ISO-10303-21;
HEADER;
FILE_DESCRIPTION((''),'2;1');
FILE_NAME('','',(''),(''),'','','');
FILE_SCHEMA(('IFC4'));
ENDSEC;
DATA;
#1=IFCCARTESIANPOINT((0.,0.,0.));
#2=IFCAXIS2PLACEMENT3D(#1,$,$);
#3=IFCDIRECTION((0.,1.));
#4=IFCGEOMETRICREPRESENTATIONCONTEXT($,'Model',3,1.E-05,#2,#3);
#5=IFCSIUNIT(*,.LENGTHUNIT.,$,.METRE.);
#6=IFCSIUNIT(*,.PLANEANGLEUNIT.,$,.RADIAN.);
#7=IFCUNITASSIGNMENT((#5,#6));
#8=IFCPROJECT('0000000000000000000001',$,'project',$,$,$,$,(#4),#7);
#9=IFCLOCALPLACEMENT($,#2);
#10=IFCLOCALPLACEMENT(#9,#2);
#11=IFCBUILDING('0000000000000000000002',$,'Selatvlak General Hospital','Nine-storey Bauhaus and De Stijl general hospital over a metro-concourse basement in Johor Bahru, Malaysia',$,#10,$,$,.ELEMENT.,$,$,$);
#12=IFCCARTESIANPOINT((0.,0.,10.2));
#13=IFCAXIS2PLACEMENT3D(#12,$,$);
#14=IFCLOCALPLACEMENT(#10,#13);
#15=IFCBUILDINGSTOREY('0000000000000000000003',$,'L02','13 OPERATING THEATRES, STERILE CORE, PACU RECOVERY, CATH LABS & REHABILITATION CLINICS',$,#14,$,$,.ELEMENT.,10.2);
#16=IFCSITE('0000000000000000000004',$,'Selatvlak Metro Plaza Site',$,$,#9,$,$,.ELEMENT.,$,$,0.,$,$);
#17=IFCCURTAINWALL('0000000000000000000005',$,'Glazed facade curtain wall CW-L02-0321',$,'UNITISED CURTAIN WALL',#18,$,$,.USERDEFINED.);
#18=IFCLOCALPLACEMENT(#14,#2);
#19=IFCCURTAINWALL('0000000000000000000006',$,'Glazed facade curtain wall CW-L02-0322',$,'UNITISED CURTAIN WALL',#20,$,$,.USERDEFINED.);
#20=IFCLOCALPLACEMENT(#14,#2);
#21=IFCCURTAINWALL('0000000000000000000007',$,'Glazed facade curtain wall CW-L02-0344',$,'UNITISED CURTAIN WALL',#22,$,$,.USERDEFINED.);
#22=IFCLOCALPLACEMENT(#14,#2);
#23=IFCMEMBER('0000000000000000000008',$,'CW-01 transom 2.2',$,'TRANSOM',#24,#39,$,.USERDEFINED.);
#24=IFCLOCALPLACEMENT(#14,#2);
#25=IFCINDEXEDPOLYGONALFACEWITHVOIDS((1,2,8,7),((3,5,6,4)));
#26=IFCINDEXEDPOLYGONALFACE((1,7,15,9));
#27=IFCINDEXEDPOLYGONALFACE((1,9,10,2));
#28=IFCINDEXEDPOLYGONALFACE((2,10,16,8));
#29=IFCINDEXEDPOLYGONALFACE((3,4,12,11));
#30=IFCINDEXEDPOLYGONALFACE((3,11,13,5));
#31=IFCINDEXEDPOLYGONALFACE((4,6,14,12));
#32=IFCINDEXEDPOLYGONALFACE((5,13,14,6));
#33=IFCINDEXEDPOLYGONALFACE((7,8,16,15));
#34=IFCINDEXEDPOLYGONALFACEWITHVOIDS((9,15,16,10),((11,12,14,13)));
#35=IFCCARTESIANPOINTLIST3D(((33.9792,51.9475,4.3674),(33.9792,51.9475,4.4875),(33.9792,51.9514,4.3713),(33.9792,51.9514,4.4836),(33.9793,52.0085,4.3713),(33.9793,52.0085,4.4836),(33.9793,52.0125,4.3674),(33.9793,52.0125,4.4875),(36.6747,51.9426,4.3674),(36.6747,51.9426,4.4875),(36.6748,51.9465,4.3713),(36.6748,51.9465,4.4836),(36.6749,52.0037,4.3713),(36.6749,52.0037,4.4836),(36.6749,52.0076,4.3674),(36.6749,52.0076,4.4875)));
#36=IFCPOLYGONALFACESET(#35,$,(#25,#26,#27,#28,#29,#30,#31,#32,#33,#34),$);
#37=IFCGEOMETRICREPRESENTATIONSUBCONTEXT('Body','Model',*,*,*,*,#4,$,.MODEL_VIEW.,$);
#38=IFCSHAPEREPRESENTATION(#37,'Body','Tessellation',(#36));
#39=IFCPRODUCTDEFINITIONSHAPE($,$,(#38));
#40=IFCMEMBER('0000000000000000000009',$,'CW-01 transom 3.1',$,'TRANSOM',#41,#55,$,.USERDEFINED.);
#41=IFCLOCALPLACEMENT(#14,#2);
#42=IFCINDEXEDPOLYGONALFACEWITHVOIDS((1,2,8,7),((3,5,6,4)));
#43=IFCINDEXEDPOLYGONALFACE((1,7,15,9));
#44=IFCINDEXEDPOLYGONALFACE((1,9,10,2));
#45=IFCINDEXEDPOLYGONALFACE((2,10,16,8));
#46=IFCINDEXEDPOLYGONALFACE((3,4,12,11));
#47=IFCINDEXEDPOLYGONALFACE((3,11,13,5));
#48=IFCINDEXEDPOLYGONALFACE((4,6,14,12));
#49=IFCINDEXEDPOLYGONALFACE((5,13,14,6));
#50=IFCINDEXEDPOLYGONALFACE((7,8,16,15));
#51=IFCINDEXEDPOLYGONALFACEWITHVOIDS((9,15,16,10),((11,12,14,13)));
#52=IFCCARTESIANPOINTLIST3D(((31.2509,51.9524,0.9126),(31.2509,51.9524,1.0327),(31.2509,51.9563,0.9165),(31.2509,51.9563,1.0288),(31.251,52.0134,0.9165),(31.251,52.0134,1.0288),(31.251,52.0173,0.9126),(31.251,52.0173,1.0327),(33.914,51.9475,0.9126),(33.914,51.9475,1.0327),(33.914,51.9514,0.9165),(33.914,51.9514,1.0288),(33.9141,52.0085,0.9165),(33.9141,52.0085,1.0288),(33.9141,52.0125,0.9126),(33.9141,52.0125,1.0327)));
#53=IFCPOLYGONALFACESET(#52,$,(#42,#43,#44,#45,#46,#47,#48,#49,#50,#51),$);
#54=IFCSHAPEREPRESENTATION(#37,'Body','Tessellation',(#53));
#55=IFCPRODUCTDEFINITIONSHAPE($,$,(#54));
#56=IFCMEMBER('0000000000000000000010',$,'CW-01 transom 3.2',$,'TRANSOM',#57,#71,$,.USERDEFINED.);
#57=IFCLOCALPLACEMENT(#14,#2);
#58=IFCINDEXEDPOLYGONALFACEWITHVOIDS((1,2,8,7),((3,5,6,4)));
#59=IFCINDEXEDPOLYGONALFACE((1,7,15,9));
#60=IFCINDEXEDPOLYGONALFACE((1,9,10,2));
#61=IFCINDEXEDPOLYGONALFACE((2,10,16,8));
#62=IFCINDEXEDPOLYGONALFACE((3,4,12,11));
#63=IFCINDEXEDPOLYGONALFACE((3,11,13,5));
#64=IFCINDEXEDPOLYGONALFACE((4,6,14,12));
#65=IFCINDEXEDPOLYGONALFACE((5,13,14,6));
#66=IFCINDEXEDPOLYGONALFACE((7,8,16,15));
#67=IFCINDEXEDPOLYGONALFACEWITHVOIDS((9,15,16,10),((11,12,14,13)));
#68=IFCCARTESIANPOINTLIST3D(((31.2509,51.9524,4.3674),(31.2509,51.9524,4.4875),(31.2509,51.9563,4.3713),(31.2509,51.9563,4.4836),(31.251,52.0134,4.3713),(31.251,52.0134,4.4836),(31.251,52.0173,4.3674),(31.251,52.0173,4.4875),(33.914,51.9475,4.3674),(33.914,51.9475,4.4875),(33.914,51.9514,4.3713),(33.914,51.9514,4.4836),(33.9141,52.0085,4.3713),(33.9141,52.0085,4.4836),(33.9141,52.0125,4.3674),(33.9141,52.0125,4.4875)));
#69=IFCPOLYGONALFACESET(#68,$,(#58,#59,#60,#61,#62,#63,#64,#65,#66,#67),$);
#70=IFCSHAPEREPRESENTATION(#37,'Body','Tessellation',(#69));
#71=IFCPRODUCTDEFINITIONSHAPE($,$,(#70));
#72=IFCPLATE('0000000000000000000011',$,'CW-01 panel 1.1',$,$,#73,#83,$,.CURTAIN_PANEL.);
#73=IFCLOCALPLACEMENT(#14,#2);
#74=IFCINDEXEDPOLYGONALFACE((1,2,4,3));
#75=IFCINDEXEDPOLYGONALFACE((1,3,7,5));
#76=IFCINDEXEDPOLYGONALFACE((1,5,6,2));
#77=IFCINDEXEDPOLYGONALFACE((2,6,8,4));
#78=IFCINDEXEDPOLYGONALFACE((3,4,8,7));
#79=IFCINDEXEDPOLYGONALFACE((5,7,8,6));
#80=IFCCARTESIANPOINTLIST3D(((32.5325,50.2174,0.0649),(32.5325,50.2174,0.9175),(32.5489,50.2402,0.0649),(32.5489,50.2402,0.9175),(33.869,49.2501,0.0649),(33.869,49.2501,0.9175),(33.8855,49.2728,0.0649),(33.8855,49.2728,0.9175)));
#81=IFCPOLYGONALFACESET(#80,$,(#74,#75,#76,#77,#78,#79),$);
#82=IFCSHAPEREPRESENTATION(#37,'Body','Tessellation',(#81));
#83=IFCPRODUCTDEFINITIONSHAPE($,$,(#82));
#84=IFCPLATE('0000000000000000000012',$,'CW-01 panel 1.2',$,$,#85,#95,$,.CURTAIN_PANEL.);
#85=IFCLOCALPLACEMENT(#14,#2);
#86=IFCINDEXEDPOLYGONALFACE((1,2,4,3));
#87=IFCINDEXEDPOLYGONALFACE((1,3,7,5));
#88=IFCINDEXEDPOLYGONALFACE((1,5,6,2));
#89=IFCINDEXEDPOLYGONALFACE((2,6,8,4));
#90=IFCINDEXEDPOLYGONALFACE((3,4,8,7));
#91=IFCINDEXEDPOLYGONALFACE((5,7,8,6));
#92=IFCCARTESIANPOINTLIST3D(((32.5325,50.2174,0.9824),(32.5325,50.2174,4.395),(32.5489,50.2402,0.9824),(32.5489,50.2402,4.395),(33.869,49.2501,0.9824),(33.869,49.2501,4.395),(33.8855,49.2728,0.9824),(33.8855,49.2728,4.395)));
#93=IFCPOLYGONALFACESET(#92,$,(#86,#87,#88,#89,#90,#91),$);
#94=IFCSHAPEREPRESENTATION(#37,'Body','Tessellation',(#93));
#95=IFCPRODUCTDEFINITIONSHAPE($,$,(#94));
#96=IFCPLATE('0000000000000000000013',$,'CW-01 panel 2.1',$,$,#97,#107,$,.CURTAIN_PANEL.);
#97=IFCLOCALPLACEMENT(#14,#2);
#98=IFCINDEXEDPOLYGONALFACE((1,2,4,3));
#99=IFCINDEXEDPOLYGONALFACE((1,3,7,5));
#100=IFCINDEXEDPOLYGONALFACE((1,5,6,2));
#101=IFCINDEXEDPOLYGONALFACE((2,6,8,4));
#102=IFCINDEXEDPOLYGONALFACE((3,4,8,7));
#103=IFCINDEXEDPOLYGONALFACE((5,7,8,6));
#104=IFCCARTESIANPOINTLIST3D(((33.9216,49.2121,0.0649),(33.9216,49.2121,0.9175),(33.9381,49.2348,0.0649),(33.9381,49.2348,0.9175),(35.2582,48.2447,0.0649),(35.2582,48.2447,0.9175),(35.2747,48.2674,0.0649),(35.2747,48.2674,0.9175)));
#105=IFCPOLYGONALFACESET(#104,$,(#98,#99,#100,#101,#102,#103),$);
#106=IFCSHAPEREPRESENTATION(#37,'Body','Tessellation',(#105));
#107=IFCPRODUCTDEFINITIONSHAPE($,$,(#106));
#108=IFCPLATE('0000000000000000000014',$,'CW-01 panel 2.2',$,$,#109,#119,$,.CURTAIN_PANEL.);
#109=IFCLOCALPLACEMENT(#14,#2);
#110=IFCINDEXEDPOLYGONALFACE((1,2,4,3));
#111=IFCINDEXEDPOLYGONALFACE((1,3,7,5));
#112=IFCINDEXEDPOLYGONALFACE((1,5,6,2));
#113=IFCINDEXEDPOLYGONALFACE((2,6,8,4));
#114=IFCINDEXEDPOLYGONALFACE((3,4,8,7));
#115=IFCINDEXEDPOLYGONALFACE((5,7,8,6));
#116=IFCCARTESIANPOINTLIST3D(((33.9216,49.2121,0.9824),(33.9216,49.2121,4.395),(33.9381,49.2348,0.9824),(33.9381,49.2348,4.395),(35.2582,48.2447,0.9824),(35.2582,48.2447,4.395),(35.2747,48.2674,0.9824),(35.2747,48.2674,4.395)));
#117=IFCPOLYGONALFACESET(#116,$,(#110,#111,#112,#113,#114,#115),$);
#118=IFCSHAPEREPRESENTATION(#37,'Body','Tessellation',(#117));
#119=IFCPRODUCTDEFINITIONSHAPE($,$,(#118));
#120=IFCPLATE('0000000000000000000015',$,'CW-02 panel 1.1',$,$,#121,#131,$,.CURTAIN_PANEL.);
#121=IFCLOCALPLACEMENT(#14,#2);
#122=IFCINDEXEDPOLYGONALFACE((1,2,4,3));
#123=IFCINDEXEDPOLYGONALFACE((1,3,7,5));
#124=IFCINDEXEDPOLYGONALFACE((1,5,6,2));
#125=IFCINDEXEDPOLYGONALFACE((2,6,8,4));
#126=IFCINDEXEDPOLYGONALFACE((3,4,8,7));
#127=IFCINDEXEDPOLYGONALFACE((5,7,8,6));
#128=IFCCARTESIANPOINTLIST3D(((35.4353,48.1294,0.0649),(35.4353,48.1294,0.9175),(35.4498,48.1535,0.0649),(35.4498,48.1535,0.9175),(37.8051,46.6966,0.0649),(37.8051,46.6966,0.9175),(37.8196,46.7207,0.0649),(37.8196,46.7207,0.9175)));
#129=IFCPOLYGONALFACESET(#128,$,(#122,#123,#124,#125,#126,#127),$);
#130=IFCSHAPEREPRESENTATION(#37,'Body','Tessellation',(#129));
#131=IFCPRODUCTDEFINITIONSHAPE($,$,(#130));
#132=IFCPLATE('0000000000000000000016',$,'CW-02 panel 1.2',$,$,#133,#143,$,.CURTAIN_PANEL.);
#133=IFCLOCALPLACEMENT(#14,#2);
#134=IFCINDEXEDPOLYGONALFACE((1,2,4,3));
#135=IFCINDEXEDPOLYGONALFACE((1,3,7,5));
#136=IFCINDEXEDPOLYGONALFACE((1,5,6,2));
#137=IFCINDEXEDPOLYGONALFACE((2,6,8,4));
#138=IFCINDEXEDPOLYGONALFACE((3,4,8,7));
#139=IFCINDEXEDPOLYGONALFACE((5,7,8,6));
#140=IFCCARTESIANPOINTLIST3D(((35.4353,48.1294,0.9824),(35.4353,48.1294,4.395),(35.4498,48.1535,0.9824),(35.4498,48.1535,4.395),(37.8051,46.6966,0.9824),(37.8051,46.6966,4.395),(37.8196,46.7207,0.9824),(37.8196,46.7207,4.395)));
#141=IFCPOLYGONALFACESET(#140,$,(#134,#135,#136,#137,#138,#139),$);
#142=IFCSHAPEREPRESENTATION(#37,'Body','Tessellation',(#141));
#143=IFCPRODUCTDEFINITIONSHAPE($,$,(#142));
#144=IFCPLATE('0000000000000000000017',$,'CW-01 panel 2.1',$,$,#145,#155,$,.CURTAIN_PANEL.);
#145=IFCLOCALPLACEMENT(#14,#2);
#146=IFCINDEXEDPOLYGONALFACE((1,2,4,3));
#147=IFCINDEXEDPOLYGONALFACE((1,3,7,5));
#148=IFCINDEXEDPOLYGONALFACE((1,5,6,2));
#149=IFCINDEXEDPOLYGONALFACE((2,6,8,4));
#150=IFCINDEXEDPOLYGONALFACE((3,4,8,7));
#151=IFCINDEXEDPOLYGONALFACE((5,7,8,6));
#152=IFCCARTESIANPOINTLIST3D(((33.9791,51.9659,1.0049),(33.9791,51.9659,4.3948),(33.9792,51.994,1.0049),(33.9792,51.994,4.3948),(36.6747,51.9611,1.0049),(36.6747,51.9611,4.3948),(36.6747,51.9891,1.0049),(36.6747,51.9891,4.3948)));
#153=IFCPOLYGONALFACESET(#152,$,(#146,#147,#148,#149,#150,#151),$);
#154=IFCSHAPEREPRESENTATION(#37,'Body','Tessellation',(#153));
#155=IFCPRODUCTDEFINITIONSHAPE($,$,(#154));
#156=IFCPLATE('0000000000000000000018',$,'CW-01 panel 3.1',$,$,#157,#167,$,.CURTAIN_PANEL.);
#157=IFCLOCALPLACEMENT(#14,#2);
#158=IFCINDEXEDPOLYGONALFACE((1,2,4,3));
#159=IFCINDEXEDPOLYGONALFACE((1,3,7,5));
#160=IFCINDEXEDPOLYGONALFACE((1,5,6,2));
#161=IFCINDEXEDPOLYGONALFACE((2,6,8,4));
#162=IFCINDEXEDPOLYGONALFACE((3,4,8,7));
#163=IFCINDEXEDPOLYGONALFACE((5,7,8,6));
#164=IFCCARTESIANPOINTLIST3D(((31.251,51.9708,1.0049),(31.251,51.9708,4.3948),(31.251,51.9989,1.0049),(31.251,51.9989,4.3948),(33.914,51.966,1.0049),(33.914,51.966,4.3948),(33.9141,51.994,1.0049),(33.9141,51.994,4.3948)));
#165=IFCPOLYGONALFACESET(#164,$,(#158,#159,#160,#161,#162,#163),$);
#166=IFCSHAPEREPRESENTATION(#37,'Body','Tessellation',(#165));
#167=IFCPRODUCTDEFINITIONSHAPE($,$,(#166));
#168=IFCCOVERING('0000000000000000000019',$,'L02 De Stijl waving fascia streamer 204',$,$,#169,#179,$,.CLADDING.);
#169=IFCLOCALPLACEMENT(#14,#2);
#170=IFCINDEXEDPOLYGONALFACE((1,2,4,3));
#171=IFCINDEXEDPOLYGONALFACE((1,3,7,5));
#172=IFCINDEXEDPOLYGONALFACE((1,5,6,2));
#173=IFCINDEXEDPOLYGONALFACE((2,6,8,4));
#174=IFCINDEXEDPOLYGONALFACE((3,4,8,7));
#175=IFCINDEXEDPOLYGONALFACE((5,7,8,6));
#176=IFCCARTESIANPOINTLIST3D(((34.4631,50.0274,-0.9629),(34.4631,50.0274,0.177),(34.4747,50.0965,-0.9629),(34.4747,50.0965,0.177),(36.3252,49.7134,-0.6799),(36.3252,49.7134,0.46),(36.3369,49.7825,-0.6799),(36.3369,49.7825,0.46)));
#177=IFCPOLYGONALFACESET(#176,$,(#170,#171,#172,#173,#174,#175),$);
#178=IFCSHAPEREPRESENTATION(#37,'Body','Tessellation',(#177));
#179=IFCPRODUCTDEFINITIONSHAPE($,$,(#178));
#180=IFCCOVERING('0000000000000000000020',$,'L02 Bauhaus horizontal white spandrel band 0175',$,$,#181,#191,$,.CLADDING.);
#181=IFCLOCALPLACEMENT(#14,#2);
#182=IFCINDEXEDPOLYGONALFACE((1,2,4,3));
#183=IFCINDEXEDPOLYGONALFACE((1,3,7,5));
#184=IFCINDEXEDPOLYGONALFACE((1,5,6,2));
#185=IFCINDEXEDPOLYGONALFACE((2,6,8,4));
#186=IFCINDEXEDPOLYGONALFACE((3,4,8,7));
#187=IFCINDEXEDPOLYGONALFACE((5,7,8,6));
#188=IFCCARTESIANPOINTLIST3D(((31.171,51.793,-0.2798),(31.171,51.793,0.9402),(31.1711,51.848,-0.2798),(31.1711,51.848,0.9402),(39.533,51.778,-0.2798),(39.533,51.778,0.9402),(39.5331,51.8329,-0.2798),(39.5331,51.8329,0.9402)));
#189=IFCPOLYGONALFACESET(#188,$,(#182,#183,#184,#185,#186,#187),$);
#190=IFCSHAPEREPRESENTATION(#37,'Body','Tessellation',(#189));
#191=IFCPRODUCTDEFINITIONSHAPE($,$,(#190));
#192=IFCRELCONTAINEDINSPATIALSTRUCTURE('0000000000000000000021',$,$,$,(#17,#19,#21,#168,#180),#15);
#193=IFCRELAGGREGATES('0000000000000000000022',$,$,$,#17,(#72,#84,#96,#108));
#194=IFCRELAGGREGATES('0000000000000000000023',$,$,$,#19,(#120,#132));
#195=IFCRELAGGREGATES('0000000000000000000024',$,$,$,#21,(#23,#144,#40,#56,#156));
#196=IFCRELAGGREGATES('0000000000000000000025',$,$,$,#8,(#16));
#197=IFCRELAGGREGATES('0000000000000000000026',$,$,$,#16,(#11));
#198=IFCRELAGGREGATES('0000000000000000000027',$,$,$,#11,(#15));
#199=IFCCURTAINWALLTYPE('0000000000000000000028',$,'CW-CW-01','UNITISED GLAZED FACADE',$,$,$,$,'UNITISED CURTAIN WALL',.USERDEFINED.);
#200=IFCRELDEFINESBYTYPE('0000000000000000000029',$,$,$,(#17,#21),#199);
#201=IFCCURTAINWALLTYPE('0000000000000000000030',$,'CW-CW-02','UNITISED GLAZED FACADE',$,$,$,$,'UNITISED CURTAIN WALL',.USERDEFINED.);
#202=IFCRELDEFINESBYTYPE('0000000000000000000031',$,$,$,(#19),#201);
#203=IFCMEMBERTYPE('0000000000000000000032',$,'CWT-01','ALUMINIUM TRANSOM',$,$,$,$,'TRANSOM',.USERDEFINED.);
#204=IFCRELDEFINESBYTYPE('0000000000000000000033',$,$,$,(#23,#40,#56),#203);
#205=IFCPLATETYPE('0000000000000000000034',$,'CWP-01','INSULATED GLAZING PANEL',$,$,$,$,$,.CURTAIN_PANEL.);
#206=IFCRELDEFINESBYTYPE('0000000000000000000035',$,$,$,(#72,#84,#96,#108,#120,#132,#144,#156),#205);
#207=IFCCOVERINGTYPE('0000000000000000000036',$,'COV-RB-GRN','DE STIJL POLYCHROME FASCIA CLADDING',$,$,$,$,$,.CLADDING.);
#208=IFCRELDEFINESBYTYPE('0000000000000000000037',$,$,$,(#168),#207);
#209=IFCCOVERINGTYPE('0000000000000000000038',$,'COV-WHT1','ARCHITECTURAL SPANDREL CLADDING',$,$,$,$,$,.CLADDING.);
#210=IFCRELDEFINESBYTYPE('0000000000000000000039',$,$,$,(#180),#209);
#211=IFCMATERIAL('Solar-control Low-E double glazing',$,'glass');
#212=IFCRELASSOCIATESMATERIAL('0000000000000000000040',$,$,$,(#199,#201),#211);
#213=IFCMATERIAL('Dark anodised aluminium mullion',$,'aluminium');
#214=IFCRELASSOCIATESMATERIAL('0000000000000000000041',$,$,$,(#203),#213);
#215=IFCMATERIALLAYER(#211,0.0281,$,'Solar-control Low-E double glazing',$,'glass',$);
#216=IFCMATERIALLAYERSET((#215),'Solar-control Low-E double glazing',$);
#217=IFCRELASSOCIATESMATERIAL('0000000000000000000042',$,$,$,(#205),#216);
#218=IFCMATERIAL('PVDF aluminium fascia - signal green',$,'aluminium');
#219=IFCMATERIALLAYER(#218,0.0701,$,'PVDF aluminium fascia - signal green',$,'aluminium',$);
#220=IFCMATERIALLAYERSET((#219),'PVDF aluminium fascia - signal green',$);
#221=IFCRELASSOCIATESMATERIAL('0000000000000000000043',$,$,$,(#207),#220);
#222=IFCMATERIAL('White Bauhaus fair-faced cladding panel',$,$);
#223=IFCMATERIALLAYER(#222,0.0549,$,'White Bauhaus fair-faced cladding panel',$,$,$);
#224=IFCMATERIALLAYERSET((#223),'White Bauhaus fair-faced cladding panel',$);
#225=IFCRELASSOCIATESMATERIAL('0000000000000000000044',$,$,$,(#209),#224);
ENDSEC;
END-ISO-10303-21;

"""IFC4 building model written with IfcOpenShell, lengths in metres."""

from ifc_helpers import new_model, si_unit, direction, frame, origin, origin_2d, place, context, subcontext, project, spatial, polyline, rectangle, hollow_rectangle, outline, extrude, material, layer, layer_set, material_profile, profile_set, type_object, element, aggregate, save


model = new_model("IFC4")

# Units and contexts
model_context = context("Model", 3, precision=1e-05, world=origin(), true_north=direction((0.0, 1.0)))
body_context = subcontext(model_context, "Body", "Model", "MODEL_VIEW")
ifc_project = project(units=[si_unit("LENGTHUNIT", "METRE"), si_unit("PLANEANGLEUNIT", "RADIAN")], contexts=[model_context])

# Site, building, storey
site_placement = place(None, origin())
site = spatial("IfcSite", under=ifc_project, at=site_placement, Name="Selatvlak Metro Plaza Site", CompositionType="ELEMENT", RefElevation=0.0)
building_placement = place(site_placement, origin())
building = spatial("IfcBuilding", under=site, at=building_placement, Name="Selatvlak General Hospital", Description="Nine-storey Bauhaus and De Stijl general hospital over a metro-concourse basement in Johor Bahru, Malaysia", CompositionType="ELEMENT")
storey_placement = place(building_placement, frame((0.0, 0.0, 10.2)))
storey = spatial("IfcBuildingStorey", under=building, at=storey_placement, Name="L02", Description="13 OPERATING THEATRES, STERILE CORE, PACU RECOVERY, CATH LABS & REHABILITATION CLINICS", CompositionType="ELEMENT", Elevation=10.2)

# Curtain wall
ifc_material_1 = material(Name="Solar-control Low-E double glazing", Category="glass")
curtain_wall_type_1 = type_object("IfcCurtainWallType", Name="CW-CW-01", Description="UNITISED GLAZED FACADE", ElementType="UNITISED CURTAIN WALL", PredefinedType="USERDEFINED", material=ifc_material_1)
curtain_wall_1_placement = place(storey_placement, origin())
curtain_wall_1 = element("IfcCurtainWall", 1, at=curtain_wall_1_placement, inside=storey, type_object=curtain_wall_type_1, Name="Glazed facade curtain wall CW-L02-0321", ObjectType="UNITISED CURTAIN WALL", PredefinedType="USERDEFINED")
ifc_material_2 = material(Name="Dark anodised aluminium mullion", Category="aluminium")

# Curtain walls
curtain_wall_type_2 = type_object("IfcCurtainWallType", Name="CW-CW-02", Description="UNITISED GLAZED FACADE", ElementType="UNITISED CURTAIN WALL", PredefinedType="USERDEFINED", material=ifc_material_1)
curtain_wall_2_placement = place(storey_placement, origin())
curtain_wall_2 = element("IfcCurtainWall", 2, at=curtain_wall_2_placement, inside=storey, type_object=curtain_wall_type_2, Name="Glazed facade curtain wall CW-L02-0322", ObjectType="UNITISED CURTAIN WALL", PredefinedType="USERDEFINED")
curtain_wall_3_placement = place(storey_placement, origin())
curtain_wall_3 = element("IfcCurtainWall", 3, at=curtain_wall_3_placement, inside=storey, type_object=curtain_wall_type_1, Name="Glazed facade curtain wall CW-L02-0344", ObjectType="UNITISED CURTAIN WALL", PredefinedType="USERDEFINED")

# Members
ifc_material_profile_1 = material_profile(ifc_material_2, hollow_rectangle(XDim=0.0649, YDim=0.1201, WallThickness=0.0039, at=origin_2d()), Name="AL-TRN 65x120x4")
ifc_profile_set_1 = profile_set([ifc_material_profile_1], Name="Dark anodised aluminium mullion")
member_type_1 = type_object("IfcMemberType", Name="CWT-01", Description="ALUMINIUM TRANSOM", ElementType="TRANSOM", PredefinedType="USERDEFINED", material=ifc_profile_set_1)
member_1_placement = place(storey_placement, frame((36.6748, 51.9751, 4.4275), z_axis=(-0.999998, 0.001811, 0.0), x_axis=(-0.001811, -0.999998, 0.0)))
member_1 = element("IfcMember", 4, at=member_1_placement, type_object=member_type_1, Name="CW-01 transom 2.2", ObjectType="TRANSOM", PredefinedType="USERDEFINED", context=body_context, shape_type="SweptSolid", body=[
    extrude(hollow_rectangle(XDim=0.0649, YDim=0.1201, WallThickness=0.0039, at=origin_2d()), origin(), (0.0, 0.0, 1.0), 2.6956),
])
member_2_placement = place(storey_placement, frame((33.9141, 51.98, 0.9727), z_axis=(-0.999998, 0.001834, 0.0), x_axis=(-0.001834, -0.999998, 0.0)))
member_2 = element("IfcMember", 5, at=member_2_placement, type_object=member_type_1, Name="CW-01 transom 3.1", ObjectType="TRANSOM", PredefinedType="USERDEFINED", context=body_context, shape_type="SweptSolid", body=[
    extrude(hollow_rectangle(XDim=0.0649, YDim=0.1201, WallThickness=0.0039, at=origin_2d()), origin(), (0.0, 0.0, 1.0), 2.6631),
])
member_3_placement = place(storey_placement, frame((33.9141, 51.98, 4.4275), z_axis=(-0.999998, 0.001834, 0.0), x_axis=(-0.001834, -0.999998, 0.0)))
member_3 = element("IfcMember", 6, at=member_3_placement, type_object=member_type_1, Name="CW-01 transom 3.2", ObjectType="TRANSOM", PredefinedType="USERDEFINED", context=body_context, shape_type="SweptSolid", body=[
    extrude(hollow_rectangle(XDim=0.0649, YDim=0.1201, WallThickness=0.0039, at=origin_2d()), origin(), (0.0, 0.0, 1.0), 2.6631),
])

# Plates
ifc_layer_1 = layer(ifc_material_1, 0.0281, Name="Solar-control Low-E double glazing", Category="glass")
ifc_layer_set_1 = layer_set([ifc_layer_1], Name="Solar-control Low-E double glazing")
plate_type = type_object("IfcPlateType", Name="CWP-01", Description="INSULATED GLAZING PANEL", PredefinedType="CURTAIN_PANEL", material=ifc_layer_set_1)
plate_1_placement = place(storey_placement, frame((33.209, 49.7451, 0.0649), z_axis=(0.0, 0.0, 1.0), x_axis=(0.810083, -0.586316, 0.0)))
plate_1 = element("IfcPlate", 7, at=plate_1_placement, type_object=plate_type, Name="CW-01 panel 1.1", PredefinedType="CURTAIN_PANEL", context=body_context, shape_type="SweptSolid", body=[
    extrude(rectangle(XDim=1.6499, YDim=0.0281, at=origin_2d()), origin(), (0.0, 0.0, 1.0), 0.8525),
])
plate_2_placement = place(storey_placement, frame((33.209, 49.7451, 0.9824), z_axis=(0.0, 0.0, 1.0), x_axis=(0.810083, -0.586316, 0.0)))
plate_2 = element("IfcPlate", 8, at=plate_2_placement, type_object=plate_type, Name="CW-01 panel 1.2", PredefinedType="CURTAIN_PANEL", context=body_context, shape_type="SweptSolid", body=[
    extrude(rectangle(XDim=1.6499, YDim=0.0281, at=origin_2d()), origin(), (0.0, 0.0, 1.0), 3.4126),
])
plate_3_placement = place(storey_placement, frame((34.5981, 48.7397, 0.0649), z_axis=(0.0, 0.0, 1.0), x_axis=(0.810083, -0.586316, 0.0)))
plate_3 = element("IfcPlate", 9, at=plate_3_placement, type_object=plate_type, Name="CW-01 panel 2.1", PredefinedType="CURTAIN_PANEL", context=body_context, shape_type="SweptSolid", body=[
    extrude(rectangle(XDim=1.6499, YDim=0.0281, at=origin_2d()), origin(), (0.0, 0.0, 1.0), 0.8525),
])
plate_4_placement = place(storey_placement, frame((34.5981, 48.7397, 0.9824), z_axis=(0.0, 0.0, 1.0), x_axis=(0.810083, -0.586316, 0.0)))
plate_4 = element("IfcPlate", 10, at=plate_4_placement, type_object=plate_type, Name="CW-01 panel 2.2", PredefinedType="CURTAIN_PANEL", context=body_context, shape_type="SweptSolid", body=[
    extrude(rectangle(XDim=1.6499, YDim=0.0281, at=origin_2d()), origin(), (0.0, 0.0, 1.0), 3.4126),
])
aggregate(curtain_wall_1, [plate_1, plate_2, plate_3, plate_4])
plate_5_placement = place(storey_placement, frame((36.6274, 47.425, 0.0649), z_axis=(0.0, 0.0, 1.0), x_axis=(0.855753, -0.517384, 0.0)))
plate_5 = element("IfcPlate", 11, at=plate_5_placement, type_object=plate_type, Name="CW-02 panel 1.1", PredefinedType="CURTAIN_PANEL", context=body_context, shape_type="SweptSolid", body=[
    extrude(rectangle(XDim=2.7693, YDim=0.0281, at=origin_2d()), origin(), (0.0, 0.0, 1.0), 0.8525),
])
plate_6_placement = place(storey_placement, frame((36.6274, 47.425, 0.9824), z_axis=(0.0, 0.0, 1.0), x_axis=(0.855753, -0.517384, 0.0)))
plate_6 = element("IfcPlate", 12, at=plate_6_placement, type_object=plate_type, Name="CW-02 panel 1.2", PredefinedType="CURTAIN_PANEL", context=body_context, shape_type="SweptSolid", body=[
    extrude(rectangle(XDim=2.7693, YDim=0.0281, at=origin_2d()), origin(), (0.0, 0.0, 1.0), 3.4126),
])
aggregate(curtain_wall_2, [plate_5, plate_6])
plate_7_placement = place(storey_placement, frame((35.3269, 51.9775, 1.0049), z_axis=(0.0, 0.0, 1.0), x_axis=(-0.999998, 0.001811, 0.0)))
plate_7 = element("IfcPlate", 13, at=plate_7_placement, type_object=plate_type, Name="CW-01 panel 2.1", PredefinedType="CURTAIN_PANEL", context=body_context, shape_type="SweptSolid", body=[
    extrude(rectangle(XDim=2.6956, YDim=0.0281, at=origin_2d()), origin(), (0.0, 0.0, 1.0), 3.3899),
])
plate_8_placement = place(storey_placement, frame((32.5825, 51.9824, 1.0049), z_axis=(0.0, 0.0, 1.0), x_axis=(-0.999998, 0.001811, 0.0)))
plate_8 = element("IfcPlate", 14, at=plate_8_placement, type_object=plate_type, Name="CW-01 panel 3.1", PredefinedType="CURTAIN_PANEL", context=body_context, shape_type="SweptSolid", body=[
    extrude(rectangle(XDim=2.6631, YDim=0.0281, at=origin_2d()), origin(), (0.0, 0.0, 1.0), 3.3899),
])
aggregate(curtain_wall_3, [member_1, plate_7, member_2, member_3, plate_8])

# Coverings
ifc_material_3 = material(Name="PVDF aluminium fascia - signal green", Category="aluminium")
ifc_layer_2 = layer(ifc_material_3, 0.0701, Name="PVDF aluminium fascia - signal green", Category="aluminium")
ifc_layer_set_2 = layer_set([ifc_layer_2], Name="PVDF aluminium fascia - signal green")
covering_type_1 = type_object("IfcCoveringType", Name="COV-RB-GRN", Description="DE STIJL POLYCHROME FASCIA CLADDING", PredefinedType="CLADDING", material=ifc_layer_set_2)
covering_1_placement = place(storey_placement, frame((36.3311, 49.748, -0.6799), z_axis=(0.0, 0.0, 1.0), x_axis=(-0.986081, 0.166265, 0.0)))
element("IfcCovering", 15, at=covering_1_placement, inside=storey, type_object=covering_type_1, Name="L02 De Stijl waving fascia streamer 204", PredefinedType="CLADDING", context=body_context, shape_type="SweptSolid", body=[
    extrude(outline(polyline([(0.0, 0.0), (1.8884, -0.283), (1.8884, 0.8569), (0.0, 1.1399), (0.0, 0.0)])), frame((0.0, 0.0352, 0.0), z_axis=(0.0, -1.0, 0.0), x_axis=(1.0, 0.0, 0.0)), (0.0, 0.0, 1.0), 0.0701),
])
ifc_material_4 = material(Name="White Bauhaus fair-faced cladding panel")
ifc_layer_3 = layer(ifc_material_4, 0.0549, Name="White Bauhaus fair-faced cladding panel")
ifc_layer_set_3 = layer_set([ifc_layer_3], Name="White Bauhaus fair-faced cladding panel")
covering_type_2 = type_object("IfcCoveringType", Name="COV-WHT1", Description="ARCHITECTURAL SPANDREL CLADDING", PredefinedType="CLADDING", material=ifc_layer_set_3)
covering_2_placement = place(storey_placement, frame((35.3521, 51.813, -0.2798), z_axis=(0.0, 0.0, 1.0), x_axis=(-0.999998, 0.001798, 0.0)))
element("IfcCovering", 16, at=covering_2_placement, inside=storey, type_object=covering_type_2, Name="L02 Bauhaus horizontal white spandrel band 0175", PredefinedType="CLADDING", context=body_context, shape_type="SweptSolid", body=[
    extrude(rectangle(XDim=8.3621, YDim=0.0549, at=origin_2d()), origin(), (0.0, 0.0, 1.0), 1.22),
])

save(model, "model.ifc")
